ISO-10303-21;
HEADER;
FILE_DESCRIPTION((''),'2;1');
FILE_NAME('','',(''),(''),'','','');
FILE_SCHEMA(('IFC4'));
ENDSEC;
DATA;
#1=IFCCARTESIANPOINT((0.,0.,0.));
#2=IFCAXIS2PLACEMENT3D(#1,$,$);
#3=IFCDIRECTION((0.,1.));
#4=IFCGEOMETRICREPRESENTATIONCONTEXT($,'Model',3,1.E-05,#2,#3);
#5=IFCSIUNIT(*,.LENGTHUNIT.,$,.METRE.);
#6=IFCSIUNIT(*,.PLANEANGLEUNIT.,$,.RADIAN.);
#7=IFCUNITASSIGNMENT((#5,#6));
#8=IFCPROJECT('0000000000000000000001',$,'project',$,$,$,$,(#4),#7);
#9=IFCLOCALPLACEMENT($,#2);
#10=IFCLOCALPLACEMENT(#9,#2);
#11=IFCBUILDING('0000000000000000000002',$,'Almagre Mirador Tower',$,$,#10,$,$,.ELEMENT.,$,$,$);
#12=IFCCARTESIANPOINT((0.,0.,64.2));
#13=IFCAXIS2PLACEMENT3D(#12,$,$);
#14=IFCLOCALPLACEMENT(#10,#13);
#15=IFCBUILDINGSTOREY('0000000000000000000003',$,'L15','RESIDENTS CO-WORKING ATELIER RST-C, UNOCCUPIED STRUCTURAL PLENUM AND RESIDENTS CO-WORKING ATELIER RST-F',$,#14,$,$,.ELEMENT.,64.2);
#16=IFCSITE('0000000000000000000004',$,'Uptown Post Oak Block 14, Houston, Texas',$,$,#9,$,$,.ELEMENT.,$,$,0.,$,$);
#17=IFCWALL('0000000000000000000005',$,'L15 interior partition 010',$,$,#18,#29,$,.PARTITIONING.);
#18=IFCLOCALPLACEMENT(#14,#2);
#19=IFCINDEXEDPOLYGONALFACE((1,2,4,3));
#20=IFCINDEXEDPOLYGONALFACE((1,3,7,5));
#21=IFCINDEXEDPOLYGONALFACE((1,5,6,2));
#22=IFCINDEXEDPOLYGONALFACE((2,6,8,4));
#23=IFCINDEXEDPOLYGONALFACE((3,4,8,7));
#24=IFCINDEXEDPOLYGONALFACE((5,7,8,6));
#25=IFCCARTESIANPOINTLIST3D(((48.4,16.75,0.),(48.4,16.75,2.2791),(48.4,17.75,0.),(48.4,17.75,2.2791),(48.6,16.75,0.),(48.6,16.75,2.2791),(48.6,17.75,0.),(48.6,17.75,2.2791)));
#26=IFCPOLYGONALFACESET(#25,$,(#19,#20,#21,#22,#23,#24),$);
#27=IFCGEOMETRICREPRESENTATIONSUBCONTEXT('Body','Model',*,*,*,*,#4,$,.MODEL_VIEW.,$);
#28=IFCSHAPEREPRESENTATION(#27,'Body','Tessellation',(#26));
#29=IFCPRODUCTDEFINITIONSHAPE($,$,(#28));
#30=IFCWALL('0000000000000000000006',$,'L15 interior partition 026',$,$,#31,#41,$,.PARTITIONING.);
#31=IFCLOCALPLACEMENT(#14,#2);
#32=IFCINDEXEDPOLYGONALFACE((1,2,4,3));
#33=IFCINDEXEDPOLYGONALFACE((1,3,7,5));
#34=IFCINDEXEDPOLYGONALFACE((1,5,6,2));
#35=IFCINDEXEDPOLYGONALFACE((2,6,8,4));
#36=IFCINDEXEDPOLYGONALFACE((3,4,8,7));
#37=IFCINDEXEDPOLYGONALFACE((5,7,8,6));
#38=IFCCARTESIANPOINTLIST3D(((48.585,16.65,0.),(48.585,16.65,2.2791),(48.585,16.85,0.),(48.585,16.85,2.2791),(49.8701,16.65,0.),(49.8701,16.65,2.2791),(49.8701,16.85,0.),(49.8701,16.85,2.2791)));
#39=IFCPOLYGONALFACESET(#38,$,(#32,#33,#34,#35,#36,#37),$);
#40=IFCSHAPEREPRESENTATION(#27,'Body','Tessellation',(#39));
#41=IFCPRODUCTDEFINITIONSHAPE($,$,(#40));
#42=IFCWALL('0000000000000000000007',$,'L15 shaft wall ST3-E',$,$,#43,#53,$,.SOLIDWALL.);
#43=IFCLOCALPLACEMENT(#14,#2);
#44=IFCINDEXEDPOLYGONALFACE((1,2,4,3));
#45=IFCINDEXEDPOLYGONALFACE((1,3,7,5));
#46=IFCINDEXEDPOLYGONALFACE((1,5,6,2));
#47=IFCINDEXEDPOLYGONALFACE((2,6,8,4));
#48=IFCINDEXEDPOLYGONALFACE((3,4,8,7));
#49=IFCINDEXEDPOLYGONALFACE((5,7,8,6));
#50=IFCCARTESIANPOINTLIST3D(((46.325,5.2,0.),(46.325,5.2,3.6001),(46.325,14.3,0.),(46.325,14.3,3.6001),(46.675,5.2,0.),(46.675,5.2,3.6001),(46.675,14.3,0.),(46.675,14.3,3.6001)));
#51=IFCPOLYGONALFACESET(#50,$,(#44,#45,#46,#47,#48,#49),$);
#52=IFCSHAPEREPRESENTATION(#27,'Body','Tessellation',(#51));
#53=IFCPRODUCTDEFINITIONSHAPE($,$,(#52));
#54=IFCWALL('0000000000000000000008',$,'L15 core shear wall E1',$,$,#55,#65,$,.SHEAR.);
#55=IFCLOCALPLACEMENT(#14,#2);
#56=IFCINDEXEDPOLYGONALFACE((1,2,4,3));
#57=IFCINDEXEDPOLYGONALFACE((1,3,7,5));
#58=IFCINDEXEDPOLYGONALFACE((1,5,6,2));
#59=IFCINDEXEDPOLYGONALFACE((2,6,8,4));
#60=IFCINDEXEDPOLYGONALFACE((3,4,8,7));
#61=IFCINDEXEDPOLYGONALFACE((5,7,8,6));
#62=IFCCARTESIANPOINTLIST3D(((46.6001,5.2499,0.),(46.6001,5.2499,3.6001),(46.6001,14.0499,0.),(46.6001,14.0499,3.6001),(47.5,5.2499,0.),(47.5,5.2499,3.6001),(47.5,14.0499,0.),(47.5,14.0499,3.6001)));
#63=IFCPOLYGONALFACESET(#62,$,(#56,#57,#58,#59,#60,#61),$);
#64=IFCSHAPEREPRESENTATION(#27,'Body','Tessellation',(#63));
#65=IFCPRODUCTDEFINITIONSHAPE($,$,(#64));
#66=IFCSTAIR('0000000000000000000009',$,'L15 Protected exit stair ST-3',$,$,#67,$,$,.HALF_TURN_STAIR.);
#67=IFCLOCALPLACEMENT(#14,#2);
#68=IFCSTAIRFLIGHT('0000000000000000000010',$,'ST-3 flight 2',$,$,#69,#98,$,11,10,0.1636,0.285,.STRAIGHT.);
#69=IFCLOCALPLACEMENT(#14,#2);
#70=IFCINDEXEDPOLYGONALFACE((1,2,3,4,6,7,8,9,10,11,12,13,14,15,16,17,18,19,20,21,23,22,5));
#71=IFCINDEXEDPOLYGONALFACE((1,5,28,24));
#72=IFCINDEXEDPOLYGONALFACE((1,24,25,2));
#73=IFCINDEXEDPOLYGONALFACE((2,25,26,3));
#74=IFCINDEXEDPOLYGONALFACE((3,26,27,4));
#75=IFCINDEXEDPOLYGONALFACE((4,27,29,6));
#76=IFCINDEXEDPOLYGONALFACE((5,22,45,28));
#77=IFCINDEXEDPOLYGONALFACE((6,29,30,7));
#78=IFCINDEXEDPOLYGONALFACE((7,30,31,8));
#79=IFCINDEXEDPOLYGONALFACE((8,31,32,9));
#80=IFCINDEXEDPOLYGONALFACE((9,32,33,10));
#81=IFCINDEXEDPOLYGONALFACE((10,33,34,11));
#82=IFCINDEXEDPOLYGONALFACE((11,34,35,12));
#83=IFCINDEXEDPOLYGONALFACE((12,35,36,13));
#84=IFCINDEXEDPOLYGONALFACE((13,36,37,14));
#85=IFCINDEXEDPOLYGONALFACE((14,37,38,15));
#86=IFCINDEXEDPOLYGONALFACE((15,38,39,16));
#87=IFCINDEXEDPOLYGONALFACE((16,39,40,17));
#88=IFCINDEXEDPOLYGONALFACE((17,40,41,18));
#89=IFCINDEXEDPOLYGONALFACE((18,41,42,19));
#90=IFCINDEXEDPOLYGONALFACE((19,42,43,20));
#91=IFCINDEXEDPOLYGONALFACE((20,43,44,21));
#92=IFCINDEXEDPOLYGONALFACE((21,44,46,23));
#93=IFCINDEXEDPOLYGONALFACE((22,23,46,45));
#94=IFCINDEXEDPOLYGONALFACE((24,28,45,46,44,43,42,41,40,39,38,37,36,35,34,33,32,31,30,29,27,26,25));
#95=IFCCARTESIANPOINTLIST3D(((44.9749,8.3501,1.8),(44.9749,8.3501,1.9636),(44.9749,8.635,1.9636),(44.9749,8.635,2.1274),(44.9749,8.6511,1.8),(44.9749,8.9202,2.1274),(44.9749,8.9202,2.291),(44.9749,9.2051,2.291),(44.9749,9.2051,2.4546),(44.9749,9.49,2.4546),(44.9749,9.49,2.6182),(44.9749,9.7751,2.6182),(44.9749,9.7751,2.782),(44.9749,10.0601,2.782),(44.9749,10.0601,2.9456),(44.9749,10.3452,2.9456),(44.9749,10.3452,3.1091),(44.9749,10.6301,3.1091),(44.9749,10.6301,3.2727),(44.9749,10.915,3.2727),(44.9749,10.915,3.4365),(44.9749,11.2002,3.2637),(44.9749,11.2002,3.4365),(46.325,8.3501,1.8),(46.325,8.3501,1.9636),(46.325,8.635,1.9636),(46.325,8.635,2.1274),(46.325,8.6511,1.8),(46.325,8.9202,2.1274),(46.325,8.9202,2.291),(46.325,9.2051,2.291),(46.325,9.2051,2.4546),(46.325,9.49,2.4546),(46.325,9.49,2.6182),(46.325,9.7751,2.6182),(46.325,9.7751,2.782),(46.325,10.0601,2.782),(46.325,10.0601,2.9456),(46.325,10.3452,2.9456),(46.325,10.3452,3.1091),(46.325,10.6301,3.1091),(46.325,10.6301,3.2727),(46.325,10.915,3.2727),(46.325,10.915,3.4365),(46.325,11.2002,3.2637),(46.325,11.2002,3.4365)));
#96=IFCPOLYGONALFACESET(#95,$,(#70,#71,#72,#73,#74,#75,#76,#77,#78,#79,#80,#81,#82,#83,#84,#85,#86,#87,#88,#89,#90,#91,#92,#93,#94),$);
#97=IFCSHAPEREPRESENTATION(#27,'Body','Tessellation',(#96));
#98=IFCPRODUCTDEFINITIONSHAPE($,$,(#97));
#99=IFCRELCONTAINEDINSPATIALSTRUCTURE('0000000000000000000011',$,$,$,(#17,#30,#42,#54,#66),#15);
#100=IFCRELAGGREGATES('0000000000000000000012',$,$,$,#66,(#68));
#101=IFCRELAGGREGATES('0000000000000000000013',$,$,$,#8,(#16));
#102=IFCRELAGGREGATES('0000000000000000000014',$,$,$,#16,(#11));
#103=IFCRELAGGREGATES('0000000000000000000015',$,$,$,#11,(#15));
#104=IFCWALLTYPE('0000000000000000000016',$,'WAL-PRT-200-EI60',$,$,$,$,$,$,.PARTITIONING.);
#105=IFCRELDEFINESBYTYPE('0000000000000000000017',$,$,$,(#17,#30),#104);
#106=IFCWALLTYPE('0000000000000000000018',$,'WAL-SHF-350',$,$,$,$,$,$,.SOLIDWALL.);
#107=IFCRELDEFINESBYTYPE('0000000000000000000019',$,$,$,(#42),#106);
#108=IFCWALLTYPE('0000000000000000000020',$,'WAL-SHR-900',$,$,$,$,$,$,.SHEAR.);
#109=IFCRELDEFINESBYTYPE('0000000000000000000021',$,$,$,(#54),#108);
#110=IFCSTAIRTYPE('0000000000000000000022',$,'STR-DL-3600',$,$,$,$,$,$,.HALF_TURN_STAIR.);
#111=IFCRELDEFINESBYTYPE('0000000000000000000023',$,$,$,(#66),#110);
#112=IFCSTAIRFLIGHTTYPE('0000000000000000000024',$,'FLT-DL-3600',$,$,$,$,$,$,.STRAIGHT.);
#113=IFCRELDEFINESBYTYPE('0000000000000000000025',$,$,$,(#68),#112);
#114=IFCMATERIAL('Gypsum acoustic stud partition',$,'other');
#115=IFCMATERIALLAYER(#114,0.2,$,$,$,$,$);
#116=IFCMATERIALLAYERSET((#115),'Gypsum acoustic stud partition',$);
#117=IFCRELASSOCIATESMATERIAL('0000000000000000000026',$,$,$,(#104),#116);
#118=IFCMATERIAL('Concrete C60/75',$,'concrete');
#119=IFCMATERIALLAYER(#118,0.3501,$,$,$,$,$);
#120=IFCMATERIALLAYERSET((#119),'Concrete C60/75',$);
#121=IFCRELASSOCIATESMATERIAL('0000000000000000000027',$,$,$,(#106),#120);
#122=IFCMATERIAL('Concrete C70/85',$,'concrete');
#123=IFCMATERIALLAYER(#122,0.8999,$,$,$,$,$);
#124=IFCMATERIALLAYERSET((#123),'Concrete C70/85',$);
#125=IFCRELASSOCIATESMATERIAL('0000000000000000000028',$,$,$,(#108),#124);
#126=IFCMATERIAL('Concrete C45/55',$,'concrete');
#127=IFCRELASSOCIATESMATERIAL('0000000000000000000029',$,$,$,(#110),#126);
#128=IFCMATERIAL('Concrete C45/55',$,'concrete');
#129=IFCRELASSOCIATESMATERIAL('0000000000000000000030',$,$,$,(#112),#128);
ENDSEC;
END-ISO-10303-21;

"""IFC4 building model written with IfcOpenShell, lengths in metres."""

from ifc_helpers import new_model, si_unit, direction, frame, frame_2d, origin, place, context, subcontext, project, spatial, polyline, rectangle, outline, extrude, material, layer, layer_set, type_object, element, aggregate, save


model = new_model("IFC4")

# Units and contexts
model_context = context("Model", 3, precision=1e-05, world=origin(), true_north=direction((0.0, 1.0)))
body_context = subcontext(model_context, "Body", "Model", "MODEL_VIEW")
ifc_project = project(units=[si_unit("LENGTHUNIT", "METRE"), si_unit("PLANEANGLEUNIT", "RADIAN")], contexts=[model_context])

# Site, building, storey
site_placement = place(None, origin())
site = spatial("IfcSite", under=ifc_project, at=site_placement, Name="Uptown Post Oak Block 14, Houston, Texas", CompositionType="ELEMENT", RefElevation=0.0)
building_placement = place(site_placement, origin())
building = spatial("IfcBuilding", under=site, at=building_placement, Name="Almagre Mirador Tower", CompositionType="ELEMENT")
storey_placement = place(building_placement, frame((0.0, 0.0, 64.2)))
storey = spatial("IfcBuildingStorey", under=building, at=storey_placement, Name="L15", Description="RESIDENTS CO-WORKING ATELIER RST-C, UNOCCUPIED STRUCTURAL PLENUM AND RESIDENTS CO-WORKING ATELIER RST-F", CompositionType="ELEMENT", Elevation=64.2)

# Shared definitions
ifc_material_1 = material(Name="Gypsum acoustic stud partition", Category="other")
ifc_layer_1 = layer(ifc_material_1, 0.2)
ifc_layer_set_1 = layer_set([ifc_layer_1], Name="Gypsum acoustic stud partition")
wall_type_1 = type_object("IfcWallType", Name="WAL-PRT-200-EI60", PredefinedType="PARTITIONING", material=ifc_layer_set_1)

# Walls
wall_1_placement = place(storey_placement, frame((48.5, 16.75, 0.0), z_axis=(0.0, 0.0, 1.0), x_axis=(0.0, 1.0, 0.0)))
element("IfcWall", 1, at=wall_1_placement, inside=storey, type_object=wall_type_1, Name="L15 interior partition 010", PredefinedType="PARTITIONING", context=body_context, shape_type="SweptSolid", body=[
    extrude(rectangle(XDim=1.0, YDim=0.2, at=frame_2d((0.5, 0.0))), origin(), (0.0, 0.0, 1.0), 2.2791),
])
wall_2_placement = place(storey_placement, frame((49.8701, 16.75, 0.0), z_axis=(0.0, 0.0, 1.0), x_axis=(-1.0, 0.0, 0.0)))
element("IfcWall", 2, at=wall_2_placement, inside=storey, type_object=wall_type_1, Name="L15 interior partition 026", PredefinedType="PARTITIONING", context=body_context, shape_type="SweptSolid", body=[
    extrude(rectangle(XDim=1.2852, YDim=0.2, at=frame_2d((0.6426, 0.0))), origin(), (0.0, 0.0, 1.0), 2.2791),
])
ifc_material_2 = material(Name="Concrete C60/75", Category="concrete")
ifc_layer_2 = layer(ifc_material_2, 0.3501)
ifc_layer_set_2 = layer_set([ifc_layer_2], Name="Concrete C60/75")
wall_type_2 = type_object("IfcWallType", Name="WAL-SHF-350", PredefinedType="SOLIDWALL", material=ifc_layer_set_2)
wall_3_placement = place(storey_placement, frame((46.5, 5.2, 0.0), z_axis=(0.0, 0.0, 1.0), x_axis=(0.0, 1.0, 0.0)))
element("IfcWall", 3, at=wall_3_placement, inside=storey, type_object=wall_type_2, Name="L15 shaft wall ST3-E", PredefinedType="SOLIDWALL", context=body_context, shape_type="SweptSolid", body=[
    extrude(rectangle(XDim=9.1001, YDim=0.3501, at=frame_2d((4.55, 0.0))), origin(), (0.0, 0.0, 1.0), 3.6001),
])
ifc_material_3 = material(Name="Concrete C70/85", Category="concrete")
ifc_layer_3 = layer(ifc_material_3, 0.8999)
ifc_layer_set_3 = layer_set([ifc_layer_3], Name="Concrete C70/85")
wall_type_3 = type_object("IfcWallType", Name="WAL-SHR-900", PredefinedType="SHEAR", material=ifc_layer_set_3)
wall_4_placement = place(storey_placement, frame((47.05, 5.25, 0.0), z_axis=(0.0, 0.0, 1.0), x_axis=(0.0, 1.0, 0.0)))
element("IfcWall", 4, at=wall_4_placement, inside=storey, type_object=wall_type_3, Name="L15 core shear wall E1", PredefinedType="SHEAR", context=body_context, shape_type="SweptSolid", body=[
    extrude(rectangle(XDim=8.8, YDim=0.8999, at=frame_2d((4.3999, 0.0))), origin(), (0.0, 0.0, 1.0), 3.6001),
])

# Stair, stair flight
ifc_material_4 = material(Name="Concrete C45/55", Category="concrete")
stair_type = type_object("IfcStairType", Name="STR-DL-3600", PredefinedType="HALF_TURN_STAIR", material=ifc_material_4)
stair_placement = place(storey_placement, origin())
stair = element("IfcStair", 5, at=stair_placement, inside=storey, type_object=stair_type, Name="L15 Protected exit stair ST-3", PredefinedType="HALF_TURN_STAIR")
ifc_material_5 = material(Name="Concrete C45/55", Category="concrete")
stair_flight_type = type_object("IfcStairFlightType", Name="FLT-DL-3600", PredefinedType="STRAIGHT", material=ifc_material_5)
stair_flight_placement = place(storey_placement, frame((45.6499, 8.3501, 1.8), z_axis=(0.0, 0.0, 1.0), x_axis=(0.0, 1.0, 0.0)))
stair_flight = element("IfcStairFlight", 6, at=stair_flight_placement, type_object=stair_flight_type, Name="ST-3 flight 2", NumberOfRisers=11, NumberOfTreads=10, PredefinedType="STRAIGHT", RiserHeight=0.1636, TreadLength=0.285, context=body_context, shape_type="SweptSolid", body=[
    extrude(outline(polyline([(0.0, 0.0), (0.0, 0.1636), (0.2849, 0.1636), (0.2849, 0.3274), (0.5701, 0.3274), (0.5701, 0.491), (0.855, 0.491), (0.855, 0.6545), (1.1399, 0.6545), (1.1399, 0.8181), (1.425, 0.8181), (1.425, 0.9819), (1.71, 0.9819), (1.71, 1.1455), (1.9951, 1.1455), (1.9951, 1.3091), (2.28, 1.3091), (2.28, 1.4727), (2.5649, 1.4727), (2.5649, 1.6365), (2.8501, 1.6365), (2.8501, 1.8), (2.8501, 1.4636), (0.301, 0.0), (0.0, 0.0)])), frame((0.0, 0.675, 0.0), z_axis=(0.0, -1.0, 0.0), x_axis=(1.0, 0.0, 0.0)), (0.0, 0.0, 1.0), 1.3501),
])
aggregate(stair, [stair_flight])

save(model, "model.ifc")
